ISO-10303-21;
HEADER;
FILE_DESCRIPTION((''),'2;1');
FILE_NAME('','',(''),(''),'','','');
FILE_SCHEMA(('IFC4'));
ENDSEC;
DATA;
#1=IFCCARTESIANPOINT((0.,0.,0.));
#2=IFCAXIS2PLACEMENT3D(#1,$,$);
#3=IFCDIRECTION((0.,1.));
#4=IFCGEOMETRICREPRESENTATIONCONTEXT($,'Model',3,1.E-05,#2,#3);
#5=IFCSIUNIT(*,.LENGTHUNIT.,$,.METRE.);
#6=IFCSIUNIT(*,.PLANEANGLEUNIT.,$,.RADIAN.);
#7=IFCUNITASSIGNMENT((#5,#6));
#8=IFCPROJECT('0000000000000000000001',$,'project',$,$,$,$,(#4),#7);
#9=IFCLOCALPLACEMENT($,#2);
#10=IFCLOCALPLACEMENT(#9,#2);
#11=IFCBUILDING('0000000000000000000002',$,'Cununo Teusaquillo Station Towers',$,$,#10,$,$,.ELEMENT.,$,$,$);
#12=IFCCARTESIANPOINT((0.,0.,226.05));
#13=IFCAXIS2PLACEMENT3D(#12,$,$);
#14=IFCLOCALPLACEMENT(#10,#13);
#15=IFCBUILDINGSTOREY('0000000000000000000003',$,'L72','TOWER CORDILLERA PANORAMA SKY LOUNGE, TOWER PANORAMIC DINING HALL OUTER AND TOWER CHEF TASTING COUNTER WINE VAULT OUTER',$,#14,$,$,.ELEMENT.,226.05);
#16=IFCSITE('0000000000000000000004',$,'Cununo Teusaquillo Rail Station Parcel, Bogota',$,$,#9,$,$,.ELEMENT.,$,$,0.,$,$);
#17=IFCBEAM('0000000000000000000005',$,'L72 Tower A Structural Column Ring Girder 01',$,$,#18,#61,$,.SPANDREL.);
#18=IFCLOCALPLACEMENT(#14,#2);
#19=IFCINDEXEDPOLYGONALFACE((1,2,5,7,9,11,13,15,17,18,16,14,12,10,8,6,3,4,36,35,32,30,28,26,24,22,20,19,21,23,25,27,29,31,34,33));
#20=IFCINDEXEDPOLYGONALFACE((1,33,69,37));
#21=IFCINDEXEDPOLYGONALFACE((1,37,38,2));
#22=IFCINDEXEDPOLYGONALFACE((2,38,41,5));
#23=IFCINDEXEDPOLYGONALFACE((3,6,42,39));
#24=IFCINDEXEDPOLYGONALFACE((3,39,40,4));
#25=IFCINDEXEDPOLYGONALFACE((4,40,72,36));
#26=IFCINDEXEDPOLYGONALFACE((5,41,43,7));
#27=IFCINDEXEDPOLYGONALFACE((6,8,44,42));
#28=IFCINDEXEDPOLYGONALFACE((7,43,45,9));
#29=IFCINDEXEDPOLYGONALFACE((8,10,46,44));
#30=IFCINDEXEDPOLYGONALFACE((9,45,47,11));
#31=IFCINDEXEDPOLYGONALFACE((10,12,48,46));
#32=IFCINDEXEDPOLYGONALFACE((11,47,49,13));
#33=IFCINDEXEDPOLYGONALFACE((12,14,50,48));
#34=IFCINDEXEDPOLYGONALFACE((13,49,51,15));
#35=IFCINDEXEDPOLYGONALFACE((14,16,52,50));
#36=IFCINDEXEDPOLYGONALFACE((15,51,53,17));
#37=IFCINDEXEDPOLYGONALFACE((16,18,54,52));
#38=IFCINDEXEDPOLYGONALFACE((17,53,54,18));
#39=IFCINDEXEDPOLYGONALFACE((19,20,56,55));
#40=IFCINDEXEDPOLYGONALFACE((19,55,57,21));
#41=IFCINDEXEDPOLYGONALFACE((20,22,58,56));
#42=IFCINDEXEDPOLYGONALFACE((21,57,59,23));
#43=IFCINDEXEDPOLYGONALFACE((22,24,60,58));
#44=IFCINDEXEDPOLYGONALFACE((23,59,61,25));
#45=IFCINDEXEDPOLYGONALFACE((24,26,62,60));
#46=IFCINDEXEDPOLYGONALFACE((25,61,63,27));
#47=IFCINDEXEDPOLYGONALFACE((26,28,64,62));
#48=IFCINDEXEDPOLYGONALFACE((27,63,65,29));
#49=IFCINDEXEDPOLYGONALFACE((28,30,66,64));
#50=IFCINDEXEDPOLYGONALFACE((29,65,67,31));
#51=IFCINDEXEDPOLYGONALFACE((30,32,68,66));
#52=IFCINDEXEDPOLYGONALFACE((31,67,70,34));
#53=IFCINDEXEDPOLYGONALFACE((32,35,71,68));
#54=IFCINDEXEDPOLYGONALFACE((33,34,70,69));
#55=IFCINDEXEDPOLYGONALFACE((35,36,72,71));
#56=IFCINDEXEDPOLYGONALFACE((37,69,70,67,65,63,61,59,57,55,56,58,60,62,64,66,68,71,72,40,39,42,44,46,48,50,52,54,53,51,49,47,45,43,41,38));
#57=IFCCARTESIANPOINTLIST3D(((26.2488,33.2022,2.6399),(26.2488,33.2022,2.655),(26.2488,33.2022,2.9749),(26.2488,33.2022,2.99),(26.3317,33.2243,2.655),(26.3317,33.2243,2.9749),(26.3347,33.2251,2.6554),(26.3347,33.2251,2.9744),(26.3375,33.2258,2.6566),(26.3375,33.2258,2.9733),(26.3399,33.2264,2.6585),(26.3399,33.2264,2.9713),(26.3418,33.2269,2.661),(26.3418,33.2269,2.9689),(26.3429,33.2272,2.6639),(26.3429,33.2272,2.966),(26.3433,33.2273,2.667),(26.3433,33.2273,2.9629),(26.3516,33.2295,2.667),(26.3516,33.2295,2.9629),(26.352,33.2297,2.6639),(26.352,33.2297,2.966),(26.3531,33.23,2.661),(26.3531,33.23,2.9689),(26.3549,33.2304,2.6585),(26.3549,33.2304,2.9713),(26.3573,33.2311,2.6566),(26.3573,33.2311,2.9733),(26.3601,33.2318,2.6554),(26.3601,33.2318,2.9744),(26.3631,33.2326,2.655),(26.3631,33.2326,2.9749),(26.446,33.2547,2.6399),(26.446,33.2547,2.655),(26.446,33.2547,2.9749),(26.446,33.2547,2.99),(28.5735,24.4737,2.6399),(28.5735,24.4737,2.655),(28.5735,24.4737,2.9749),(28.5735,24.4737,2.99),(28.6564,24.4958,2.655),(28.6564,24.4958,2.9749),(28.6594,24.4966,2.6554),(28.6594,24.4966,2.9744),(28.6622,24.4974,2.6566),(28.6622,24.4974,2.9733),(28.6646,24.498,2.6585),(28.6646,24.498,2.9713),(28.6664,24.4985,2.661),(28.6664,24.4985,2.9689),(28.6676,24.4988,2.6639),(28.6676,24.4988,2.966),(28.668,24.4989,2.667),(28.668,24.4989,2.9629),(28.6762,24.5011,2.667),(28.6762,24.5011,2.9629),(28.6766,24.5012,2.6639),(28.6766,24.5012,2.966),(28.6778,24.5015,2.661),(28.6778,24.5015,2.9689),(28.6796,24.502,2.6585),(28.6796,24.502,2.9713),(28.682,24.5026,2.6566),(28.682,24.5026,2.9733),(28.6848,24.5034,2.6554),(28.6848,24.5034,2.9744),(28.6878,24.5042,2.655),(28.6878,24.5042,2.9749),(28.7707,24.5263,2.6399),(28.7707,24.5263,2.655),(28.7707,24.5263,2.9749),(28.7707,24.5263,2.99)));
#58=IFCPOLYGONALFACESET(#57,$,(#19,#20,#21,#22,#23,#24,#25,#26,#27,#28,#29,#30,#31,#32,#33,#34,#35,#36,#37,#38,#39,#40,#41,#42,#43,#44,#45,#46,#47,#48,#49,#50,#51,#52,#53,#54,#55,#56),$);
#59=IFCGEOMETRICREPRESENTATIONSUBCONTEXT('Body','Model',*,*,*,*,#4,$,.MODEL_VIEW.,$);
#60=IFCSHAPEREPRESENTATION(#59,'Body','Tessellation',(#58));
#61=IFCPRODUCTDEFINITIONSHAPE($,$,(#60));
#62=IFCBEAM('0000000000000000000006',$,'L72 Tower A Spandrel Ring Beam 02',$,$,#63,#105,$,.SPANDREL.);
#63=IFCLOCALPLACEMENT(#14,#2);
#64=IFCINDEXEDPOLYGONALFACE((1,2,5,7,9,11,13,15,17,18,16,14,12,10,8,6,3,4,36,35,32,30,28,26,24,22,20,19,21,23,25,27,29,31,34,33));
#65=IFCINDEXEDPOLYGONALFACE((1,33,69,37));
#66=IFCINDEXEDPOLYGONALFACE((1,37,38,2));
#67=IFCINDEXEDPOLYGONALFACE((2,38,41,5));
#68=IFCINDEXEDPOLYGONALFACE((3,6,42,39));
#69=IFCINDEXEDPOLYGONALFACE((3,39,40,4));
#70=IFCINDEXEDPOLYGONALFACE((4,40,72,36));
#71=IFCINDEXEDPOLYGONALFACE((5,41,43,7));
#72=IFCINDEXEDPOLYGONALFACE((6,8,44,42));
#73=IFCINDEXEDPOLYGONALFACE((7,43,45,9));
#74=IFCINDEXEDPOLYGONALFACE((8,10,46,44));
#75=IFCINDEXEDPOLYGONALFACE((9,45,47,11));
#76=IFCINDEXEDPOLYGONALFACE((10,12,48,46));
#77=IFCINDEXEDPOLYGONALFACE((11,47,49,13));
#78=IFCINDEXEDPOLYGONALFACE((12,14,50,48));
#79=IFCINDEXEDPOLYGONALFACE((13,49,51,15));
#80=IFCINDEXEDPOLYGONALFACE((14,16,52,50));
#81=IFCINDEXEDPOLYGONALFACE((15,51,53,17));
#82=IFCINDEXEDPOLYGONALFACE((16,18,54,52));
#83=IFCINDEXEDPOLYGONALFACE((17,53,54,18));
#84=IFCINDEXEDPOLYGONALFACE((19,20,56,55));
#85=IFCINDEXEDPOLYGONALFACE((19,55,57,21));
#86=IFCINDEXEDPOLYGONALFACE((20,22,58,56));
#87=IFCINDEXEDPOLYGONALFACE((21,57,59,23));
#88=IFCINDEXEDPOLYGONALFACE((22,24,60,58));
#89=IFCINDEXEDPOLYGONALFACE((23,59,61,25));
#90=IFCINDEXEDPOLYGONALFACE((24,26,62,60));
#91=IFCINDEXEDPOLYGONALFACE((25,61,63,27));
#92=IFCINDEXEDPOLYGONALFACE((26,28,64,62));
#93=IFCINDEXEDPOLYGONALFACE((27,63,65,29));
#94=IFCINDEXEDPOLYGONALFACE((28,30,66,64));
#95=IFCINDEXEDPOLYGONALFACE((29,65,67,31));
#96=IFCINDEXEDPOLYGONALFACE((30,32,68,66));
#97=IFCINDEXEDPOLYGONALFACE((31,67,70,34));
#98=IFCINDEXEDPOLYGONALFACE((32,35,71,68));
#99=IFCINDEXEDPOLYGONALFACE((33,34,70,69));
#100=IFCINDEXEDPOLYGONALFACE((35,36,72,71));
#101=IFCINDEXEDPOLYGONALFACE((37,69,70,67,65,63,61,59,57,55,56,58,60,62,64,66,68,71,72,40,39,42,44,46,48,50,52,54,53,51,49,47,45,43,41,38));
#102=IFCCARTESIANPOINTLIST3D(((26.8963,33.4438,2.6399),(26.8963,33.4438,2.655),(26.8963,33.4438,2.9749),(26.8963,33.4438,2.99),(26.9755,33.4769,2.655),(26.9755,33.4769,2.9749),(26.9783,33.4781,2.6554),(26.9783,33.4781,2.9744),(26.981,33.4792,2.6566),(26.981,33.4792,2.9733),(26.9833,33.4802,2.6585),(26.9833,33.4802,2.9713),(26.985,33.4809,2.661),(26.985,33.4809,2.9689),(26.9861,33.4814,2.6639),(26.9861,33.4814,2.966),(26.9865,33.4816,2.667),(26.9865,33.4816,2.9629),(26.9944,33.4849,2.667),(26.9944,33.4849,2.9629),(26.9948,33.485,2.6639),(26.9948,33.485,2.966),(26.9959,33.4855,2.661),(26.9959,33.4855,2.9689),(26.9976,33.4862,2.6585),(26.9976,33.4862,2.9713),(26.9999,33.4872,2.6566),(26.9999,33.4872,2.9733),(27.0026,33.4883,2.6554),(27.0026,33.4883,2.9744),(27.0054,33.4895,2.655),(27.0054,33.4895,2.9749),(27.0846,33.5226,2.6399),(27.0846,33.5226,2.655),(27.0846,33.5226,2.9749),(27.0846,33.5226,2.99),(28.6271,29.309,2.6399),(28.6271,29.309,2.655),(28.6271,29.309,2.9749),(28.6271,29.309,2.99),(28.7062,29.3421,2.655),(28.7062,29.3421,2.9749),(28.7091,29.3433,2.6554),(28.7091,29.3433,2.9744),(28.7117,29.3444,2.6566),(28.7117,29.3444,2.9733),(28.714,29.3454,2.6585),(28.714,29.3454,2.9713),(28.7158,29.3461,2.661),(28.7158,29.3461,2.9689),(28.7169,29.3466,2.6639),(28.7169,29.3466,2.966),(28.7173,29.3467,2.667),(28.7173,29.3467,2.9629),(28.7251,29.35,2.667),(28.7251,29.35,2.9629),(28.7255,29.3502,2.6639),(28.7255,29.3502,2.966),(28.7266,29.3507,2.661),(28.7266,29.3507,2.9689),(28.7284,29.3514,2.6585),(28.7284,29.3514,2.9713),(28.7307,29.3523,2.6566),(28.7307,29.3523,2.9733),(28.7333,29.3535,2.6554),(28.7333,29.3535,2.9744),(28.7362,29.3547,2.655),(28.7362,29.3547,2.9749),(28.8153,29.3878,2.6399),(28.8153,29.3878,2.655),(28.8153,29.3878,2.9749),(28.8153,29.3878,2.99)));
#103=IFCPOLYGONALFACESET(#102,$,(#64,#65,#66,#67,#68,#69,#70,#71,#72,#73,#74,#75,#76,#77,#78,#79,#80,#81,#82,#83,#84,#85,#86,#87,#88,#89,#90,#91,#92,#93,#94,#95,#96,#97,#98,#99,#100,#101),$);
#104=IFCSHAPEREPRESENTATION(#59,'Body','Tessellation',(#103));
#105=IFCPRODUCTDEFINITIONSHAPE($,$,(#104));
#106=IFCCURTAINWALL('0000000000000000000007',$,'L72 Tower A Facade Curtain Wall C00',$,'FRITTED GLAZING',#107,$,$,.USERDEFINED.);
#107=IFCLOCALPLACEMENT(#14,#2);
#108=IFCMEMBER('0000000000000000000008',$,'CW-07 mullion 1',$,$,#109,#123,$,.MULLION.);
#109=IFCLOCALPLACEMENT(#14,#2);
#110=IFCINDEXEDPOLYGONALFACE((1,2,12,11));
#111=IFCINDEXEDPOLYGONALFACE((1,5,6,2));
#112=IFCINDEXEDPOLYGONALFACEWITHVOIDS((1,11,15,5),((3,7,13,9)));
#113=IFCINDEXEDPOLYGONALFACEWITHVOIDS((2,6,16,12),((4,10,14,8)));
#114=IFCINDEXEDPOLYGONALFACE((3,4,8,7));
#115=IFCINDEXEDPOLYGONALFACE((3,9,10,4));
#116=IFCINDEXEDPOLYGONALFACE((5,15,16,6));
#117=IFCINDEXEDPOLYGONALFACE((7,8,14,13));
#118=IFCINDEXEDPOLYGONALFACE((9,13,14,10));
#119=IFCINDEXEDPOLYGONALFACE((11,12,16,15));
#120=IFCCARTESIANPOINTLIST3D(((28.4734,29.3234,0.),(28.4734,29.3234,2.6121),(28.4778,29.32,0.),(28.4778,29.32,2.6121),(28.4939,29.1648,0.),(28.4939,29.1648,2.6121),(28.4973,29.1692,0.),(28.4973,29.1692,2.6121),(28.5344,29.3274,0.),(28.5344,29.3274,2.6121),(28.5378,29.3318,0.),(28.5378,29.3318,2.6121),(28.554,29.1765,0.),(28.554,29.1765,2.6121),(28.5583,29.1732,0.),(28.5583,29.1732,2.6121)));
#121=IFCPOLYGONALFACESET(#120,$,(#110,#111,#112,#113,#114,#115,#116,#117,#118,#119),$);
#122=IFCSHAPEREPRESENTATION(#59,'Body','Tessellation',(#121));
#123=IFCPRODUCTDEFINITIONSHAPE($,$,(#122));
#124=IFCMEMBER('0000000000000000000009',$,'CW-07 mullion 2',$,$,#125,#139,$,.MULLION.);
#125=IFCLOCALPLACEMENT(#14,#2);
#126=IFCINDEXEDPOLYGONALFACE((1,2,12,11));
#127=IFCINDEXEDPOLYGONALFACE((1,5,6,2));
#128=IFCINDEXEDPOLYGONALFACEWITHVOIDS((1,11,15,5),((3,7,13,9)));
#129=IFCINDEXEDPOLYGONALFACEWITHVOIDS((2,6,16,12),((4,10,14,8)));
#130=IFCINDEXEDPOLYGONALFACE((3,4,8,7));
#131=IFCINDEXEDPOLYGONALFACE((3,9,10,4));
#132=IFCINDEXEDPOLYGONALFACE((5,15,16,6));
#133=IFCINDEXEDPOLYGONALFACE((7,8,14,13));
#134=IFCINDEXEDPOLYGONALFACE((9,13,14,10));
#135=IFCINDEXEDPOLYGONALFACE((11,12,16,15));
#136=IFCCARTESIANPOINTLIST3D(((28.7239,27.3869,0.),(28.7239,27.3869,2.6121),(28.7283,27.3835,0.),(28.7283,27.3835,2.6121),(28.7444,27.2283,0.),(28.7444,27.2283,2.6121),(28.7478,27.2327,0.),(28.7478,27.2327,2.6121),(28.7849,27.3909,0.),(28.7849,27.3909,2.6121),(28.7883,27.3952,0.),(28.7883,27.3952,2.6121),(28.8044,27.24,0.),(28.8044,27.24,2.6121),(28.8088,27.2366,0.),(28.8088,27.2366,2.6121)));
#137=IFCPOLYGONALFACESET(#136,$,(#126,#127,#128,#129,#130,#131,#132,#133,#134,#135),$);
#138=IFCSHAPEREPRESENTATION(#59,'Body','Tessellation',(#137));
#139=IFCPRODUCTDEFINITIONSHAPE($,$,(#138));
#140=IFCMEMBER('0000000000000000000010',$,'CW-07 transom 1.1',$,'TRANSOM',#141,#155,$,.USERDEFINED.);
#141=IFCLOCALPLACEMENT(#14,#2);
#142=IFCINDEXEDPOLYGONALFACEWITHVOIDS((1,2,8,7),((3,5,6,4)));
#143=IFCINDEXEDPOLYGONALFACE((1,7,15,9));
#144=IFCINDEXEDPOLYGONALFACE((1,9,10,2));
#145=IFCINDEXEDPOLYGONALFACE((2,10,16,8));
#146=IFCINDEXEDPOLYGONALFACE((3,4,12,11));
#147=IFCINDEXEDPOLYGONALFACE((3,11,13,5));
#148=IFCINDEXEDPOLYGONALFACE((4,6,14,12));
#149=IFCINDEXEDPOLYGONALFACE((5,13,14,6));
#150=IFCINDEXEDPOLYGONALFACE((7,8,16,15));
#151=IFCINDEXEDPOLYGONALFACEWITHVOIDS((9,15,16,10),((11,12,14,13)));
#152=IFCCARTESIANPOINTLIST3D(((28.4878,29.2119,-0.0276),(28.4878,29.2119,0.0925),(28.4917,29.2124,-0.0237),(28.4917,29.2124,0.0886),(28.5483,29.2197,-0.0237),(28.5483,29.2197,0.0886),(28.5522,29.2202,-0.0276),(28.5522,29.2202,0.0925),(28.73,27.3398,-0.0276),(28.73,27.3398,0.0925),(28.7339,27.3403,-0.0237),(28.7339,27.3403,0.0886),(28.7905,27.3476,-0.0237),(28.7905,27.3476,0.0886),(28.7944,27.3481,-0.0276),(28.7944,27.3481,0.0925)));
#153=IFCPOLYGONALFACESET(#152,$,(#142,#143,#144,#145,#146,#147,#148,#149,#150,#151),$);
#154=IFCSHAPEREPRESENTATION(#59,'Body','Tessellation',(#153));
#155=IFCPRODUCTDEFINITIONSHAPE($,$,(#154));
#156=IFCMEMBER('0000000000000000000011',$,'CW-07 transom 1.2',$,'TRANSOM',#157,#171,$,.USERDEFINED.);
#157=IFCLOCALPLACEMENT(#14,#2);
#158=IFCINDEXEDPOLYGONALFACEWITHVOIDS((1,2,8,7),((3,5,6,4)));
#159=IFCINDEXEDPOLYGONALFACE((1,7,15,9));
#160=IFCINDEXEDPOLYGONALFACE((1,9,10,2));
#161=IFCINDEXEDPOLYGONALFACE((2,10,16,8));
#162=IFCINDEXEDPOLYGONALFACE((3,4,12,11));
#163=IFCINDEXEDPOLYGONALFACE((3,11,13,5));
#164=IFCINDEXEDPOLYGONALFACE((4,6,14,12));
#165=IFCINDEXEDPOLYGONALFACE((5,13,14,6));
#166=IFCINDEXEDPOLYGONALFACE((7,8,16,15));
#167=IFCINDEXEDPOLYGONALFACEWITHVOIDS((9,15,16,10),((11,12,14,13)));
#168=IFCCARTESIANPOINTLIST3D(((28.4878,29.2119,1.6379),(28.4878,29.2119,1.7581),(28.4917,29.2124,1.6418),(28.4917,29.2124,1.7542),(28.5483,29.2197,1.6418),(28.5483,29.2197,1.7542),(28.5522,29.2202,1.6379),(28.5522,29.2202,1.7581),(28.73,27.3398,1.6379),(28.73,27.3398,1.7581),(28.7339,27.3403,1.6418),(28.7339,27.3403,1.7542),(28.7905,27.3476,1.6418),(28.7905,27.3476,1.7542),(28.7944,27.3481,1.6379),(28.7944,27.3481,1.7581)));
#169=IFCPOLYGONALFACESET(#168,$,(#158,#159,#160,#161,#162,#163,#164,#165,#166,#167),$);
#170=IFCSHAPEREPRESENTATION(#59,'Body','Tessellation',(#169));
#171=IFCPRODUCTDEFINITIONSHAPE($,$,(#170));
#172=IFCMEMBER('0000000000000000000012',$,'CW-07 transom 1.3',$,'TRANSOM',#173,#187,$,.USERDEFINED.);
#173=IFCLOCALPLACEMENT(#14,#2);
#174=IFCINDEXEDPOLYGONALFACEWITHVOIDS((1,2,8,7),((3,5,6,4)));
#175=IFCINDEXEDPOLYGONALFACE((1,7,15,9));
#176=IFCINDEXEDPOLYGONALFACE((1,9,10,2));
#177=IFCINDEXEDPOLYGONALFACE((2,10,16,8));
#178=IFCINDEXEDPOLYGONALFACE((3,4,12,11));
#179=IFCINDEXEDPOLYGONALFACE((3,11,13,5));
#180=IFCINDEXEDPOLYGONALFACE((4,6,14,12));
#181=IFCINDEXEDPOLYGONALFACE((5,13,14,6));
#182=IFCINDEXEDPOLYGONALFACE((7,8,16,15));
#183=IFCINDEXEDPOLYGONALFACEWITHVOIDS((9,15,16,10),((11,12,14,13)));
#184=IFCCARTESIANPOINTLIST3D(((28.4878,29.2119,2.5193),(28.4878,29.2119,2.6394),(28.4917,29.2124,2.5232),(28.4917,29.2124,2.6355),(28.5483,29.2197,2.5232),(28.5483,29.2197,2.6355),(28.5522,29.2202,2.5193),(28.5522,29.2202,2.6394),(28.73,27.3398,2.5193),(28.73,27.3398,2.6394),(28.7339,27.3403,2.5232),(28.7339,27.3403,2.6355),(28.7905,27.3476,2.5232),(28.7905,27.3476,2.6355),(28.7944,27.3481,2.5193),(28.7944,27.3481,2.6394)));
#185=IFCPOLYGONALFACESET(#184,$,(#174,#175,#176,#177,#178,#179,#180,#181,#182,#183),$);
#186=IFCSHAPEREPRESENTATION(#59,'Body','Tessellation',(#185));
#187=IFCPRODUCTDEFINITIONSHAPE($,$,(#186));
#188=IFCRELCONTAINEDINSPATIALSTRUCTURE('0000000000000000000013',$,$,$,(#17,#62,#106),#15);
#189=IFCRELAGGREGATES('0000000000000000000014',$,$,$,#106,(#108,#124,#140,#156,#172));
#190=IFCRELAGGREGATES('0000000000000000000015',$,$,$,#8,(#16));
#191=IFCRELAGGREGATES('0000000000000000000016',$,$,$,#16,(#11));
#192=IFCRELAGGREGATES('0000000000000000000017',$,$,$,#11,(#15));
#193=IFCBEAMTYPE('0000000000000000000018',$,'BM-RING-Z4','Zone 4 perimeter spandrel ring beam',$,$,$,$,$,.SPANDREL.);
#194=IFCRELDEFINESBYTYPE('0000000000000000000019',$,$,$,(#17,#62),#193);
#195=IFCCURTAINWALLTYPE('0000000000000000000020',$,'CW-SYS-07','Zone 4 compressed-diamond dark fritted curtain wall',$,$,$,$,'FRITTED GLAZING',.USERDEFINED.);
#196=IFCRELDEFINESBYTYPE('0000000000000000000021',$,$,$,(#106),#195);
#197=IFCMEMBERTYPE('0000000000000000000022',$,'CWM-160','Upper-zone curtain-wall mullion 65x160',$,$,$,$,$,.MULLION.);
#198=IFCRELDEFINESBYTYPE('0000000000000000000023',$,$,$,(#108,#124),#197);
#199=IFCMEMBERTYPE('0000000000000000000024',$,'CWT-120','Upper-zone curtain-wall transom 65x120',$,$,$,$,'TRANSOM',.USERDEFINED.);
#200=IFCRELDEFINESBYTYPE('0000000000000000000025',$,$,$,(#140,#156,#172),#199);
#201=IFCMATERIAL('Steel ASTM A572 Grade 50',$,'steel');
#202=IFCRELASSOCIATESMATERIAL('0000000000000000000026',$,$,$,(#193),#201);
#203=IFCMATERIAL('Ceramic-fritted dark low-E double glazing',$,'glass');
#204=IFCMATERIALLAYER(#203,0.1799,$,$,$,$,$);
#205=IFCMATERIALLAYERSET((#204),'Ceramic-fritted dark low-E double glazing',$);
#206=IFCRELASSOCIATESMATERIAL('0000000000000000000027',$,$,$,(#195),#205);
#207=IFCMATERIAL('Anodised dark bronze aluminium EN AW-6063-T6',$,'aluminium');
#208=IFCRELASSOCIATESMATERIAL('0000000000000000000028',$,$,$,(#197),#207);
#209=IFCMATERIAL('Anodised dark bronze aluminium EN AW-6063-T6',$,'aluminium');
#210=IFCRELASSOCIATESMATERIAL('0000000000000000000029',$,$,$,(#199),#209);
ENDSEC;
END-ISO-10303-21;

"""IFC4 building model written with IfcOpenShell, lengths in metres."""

from ifc_helpers import new_model, si_unit, direction, frame, origin, origin_2d, place, context, subcontext, project, spatial, hollow_rectangle, i_section, extrude, material, layer, layer_set, material_profile, profile_set, type_object, element, aggregate, save


model = new_model("IFC4")

# Units and contexts
model_context = context("Model", 3, precision=1e-05, world=origin(), true_north=direction((0.0, 1.0)))
body_context = subcontext(model_context, "Body", "Model", "MODEL_VIEW")
ifc_project = project(units=[si_unit("LENGTHUNIT", "METRE"), si_unit("PLANEANGLEUNIT", "RADIAN")], contexts=[model_context])

# Site, building, storey
site_placement = place(None, origin())
site = spatial("IfcSite", under=ifc_project, at=site_placement, Name="Cununo Teusaquillo Rail Station Parcel, Bogota", CompositionType="ELEMENT", RefElevation=0.0)
building_placement = place(site_placement, origin())
building = spatial("IfcBuilding", under=site, at=building_placement, Name="Cununo Teusaquillo Station Towers", CompositionType="ELEMENT")
storey_placement = place(building_placement, frame((0.0, 0.0, 226.05)))
storey = spatial("IfcBuildingStorey", under=building, at=storey_placement, Name="L72", Description="TOWER CORDILLERA PANORAMA SKY LOUNGE, TOWER PANORAMIC DINING HALL OUTER AND TOWER CHEF TASTING COUNTER WINE VAULT OUTER", CompositionType="ELEMENT", Elevation=226.05)

# Beams
ifc_material_1 = material(Name="Steel ASTM A572 Grade 50", Category="steel")
ifc_material_profile_1 = material_profile(ifc_material_1, i_section(OverallWidth=0.2041, OverallDepth=0.3501, WebThickness=0.0085, FlangeThickness=0.0151, FilletRadius=0.012, at=origin_2d()), Name="W14X48")
ifc_profile_set_1 = profile_set([ifc_material_profile_1], Name="Steel ASTM A572 Grade 50")
beam_type_1 = type_object("IfcBeamType", Name="BM-RING-Z4", Description="Zone 4 perimeter spandrel ring beam", PredefinedType="SPANDREL", material=ifc_profile_set_1)
beam_1_placement = place(storey_placement, frame((28.6721, 24.5, 2.8149), z_axis=(-0.257363, 0.966315, 0.0), x_axis=(-0.966315, -0.257363, 0.0)))
element("IfcBeam", 1, at=beam_1_placement, inside=storey, type_object=beam_type_1, Name="L72 Tower A Structural Column Ring Girder 01", PredefinedType="SPANDREL", context=body_context, shape_type="SweptSolid", body=[
    extrude(i_section(OverallWidth=0.2041, OverallDepth=0.3501, WebThickness=0.0085, FlangeThickness=0.0151, FilletRadius=0.012, at=origin_2d()), origin(), (0.0, 0.0, 1.0), 9.0327),
])
beam_2_placement = place(storey_placement, frame((28.7212, 29.3484, 2.8149), z_axis=(-0.386115, 0.92245, 0.0), x_axis=(-0.92245, -0.386115, 0.0)))
element("IfcBeam", 2, at=beam_2_placement, inside=storey, type_object=beam_type_1, Name="L72 Tower A Spandrel Ring Beam 02", PredefinedType="SPANDREL", context=body_context, shape_type="SweptSolid", body=[
    extrude(i_section(OverallWidth=0.2041, OverallDepth=0.3501, WebThickness=0.0085, FlangeThickness=0.0151, FilletRadius=0.012, at=origin_2d()), origin(), (0.0, 0.0, 1.0), 4.4824),
])

# Curtain wall, members
ifc_material_2 = material(Name="Ceramic-fritted dark low-E double glazing", Category="glass")
ifc_layer_1 = layer(ifc_material_2, 0.1799)
ifc_layer_set_1 = layer_set([ifc_layer_1], Name="Ceramic-fritted dark low-E double glazing")
curtain_wall_type = type_object("IfcCurtainWallType", Name="CW-SYS-07", Description="Zone 4 compressed-diamond dark fritted curtain wall", ElementType="FRITTED GLAZING", PredefinedType="USERDEFINED", material=ifc_layer_set_1)
curtain_wall_placement = place(storey_placement, origin())
curtain_wall = element("IfcCurtainWall", 3, at=curtain_wall_placement, inside=storey, type_object=curtain_wall_type, Name="L72 Tower A Facade Curtain Wall C00", ObjectType="FRITTED GLAZING", PredefinedType="USERDEFINED")
ifc_material_3 = material(Name="Anodised dark bronze aluminium EN AW-6063-T6", Category="aluminium")
ifc_material_profile_2 = material_profile(ifc_material_3, hollow_rectangle(XDim=0.0649, YDim=0.1599, WallThickness=0.0039, at=origin_2d()), Name="CW-MULL-65x160")
ifc_profile_set_2 = profile_set([ifc_material_profile_2], Name="Anodised dark bronze aluminium EN AW-6063-T6")
member_type_1 = type_object("IfcMemberType", Name="CWM-160", Description="Upper-zone curtain-wall mullion 65x160", PredefinedType="MULLION", material=ifc_profile_set_2)
member_1_placement = place(storey_placement, frame((28.5159, 29.2483, 0.0), z_axis=(0.0, 0.0, 1.0), x_axis=(0.991742, 0.128253, 0.0)))
member_1 = element("IfcMember", 4, at=member_1_placement, type_object=member_type_1, Name="CW-07 mullion 1", PredefinedType="MULLION", context=body_context, shape_type="SweptSolid", body=[
    extrude(hollow_rectangle(XDim=0.0649, YDim=0.1599, WallThickness=0.0039, at=origin_2d()), origin(), (0.0, 0.0, 1.0), 2.6121),
])
member_2_placement = place(storey_placement, frame((28.7664, 27.3118, 0.0), z_axis=(0.0, 0.0, 1.0), x_axis=(0.991742, 0.128253, 0.0)))
member_2 = element("IfcMember", 5, at=member_2_placement, type_object=member_type_1, Name="CW-07 mullion 2", PredefinedType="MULLION", context=body_context, shape_type="SweptSolid", body=[
    extrude(hollow_rectangle(XDim=0.0649, YDim=0.1599, WallThickness=0.0039, at=origin_2d()), origin(), (0.0, 0.0, 1.0), 2.6121),
])
ifc_material_4 = material(Name="Anodised dark bronze aluminium EN AW-6063-T6", Category="aluminium")
ifc_material_profile_3 = material_profile(ifc_material_4, hollow_rectangle(XDim=0.0649, YDim=0.1201, WallThickness=0.0039, at=origin_2d()), Name="CW-TRAN-65x120")
ifc_profile_set_3 = profile_set([ifc_material_profile_3], Name="Anodised dark bronze aluminium EN AW-6063-T6")
member_type_2 = type_object("IfcMemberType", Name="CWT-120", Description="Upper-zone curtain-wall transom 65x120", ElementType="TRANSOM", PredefinedType="USERDEFINED", material=ifc_profile_set_3)
member_3_placement = place(storey_placement, frame((28.52, 29.2161, 0.0325), z_axis=(0.1283, -0.991735, 0.0), x_axis=(0.991735, 0.1283, 0.0)))
member_3 = element("IfcMember", 6, at=member_3_placement, type_object=member_type_2, Name="CW-07 transom 1.1", ObjectType="TRANSOM", PredefinedType="USERDEFINED", context=body_context, shape_type="SweptSolid", body=[
    extrude(hollow_rectangle(XDim=0.0649, YDim=0.1201, WallThickness=0.0039, at=origin_2d()), origin(), (0.0, 0.0, 1.0), 1.8877),
])
member_4_placement = place(storey_placement, frame((28.52, 29.2161, 1.698), z_axis=(0.1283, -0.991735, 0.0), x_axis=(0.991735, 0.1283, 0.0)))
member_4 = element("IfcMember", 7, at=member_4_placement, type_object=member_type_2, Name="CW-07 transom 1.2", ObjectType="TRANSOM", PredefinedType="USERDEFINED", context=body_context, shape_type="SweptSolid", body=[
    extrude(hollow_rectangle(XDim=0.0649, YDim=0.1201, WallThickness=0.0039, at=origin_2d()), origin(), (0.0, 0.0, 1.0), 1.8877),
])
member_5_placement = place(storey_placement, frame((28.52, 29.2161, 2.5793), z_axis=(0.1283, -0.991735, 0.0), x_axis=(0.991735, 0.1283, 0.0)))
member_5 = element("IfcMember", 8, at=member_5_placement, type_object=member_type_2, Name="CW-07 transom 1.3", ObjectType="TRANSOM", PredefinedType="USERDEFINED", context=body_context, shape_type="SweptSolid", body=[
    extrude(hollow_rectangle(XDim=0.0649, YDim=0.1201, WallThickness=0.0039, at=origin_2d()), origin(), (0.0, 0.0, 1.0), 1.8877),
])

aggregate(curtain_wall, [member_1, member_2, member_3, member_4, member_5])

save(model, "model.ifc")
